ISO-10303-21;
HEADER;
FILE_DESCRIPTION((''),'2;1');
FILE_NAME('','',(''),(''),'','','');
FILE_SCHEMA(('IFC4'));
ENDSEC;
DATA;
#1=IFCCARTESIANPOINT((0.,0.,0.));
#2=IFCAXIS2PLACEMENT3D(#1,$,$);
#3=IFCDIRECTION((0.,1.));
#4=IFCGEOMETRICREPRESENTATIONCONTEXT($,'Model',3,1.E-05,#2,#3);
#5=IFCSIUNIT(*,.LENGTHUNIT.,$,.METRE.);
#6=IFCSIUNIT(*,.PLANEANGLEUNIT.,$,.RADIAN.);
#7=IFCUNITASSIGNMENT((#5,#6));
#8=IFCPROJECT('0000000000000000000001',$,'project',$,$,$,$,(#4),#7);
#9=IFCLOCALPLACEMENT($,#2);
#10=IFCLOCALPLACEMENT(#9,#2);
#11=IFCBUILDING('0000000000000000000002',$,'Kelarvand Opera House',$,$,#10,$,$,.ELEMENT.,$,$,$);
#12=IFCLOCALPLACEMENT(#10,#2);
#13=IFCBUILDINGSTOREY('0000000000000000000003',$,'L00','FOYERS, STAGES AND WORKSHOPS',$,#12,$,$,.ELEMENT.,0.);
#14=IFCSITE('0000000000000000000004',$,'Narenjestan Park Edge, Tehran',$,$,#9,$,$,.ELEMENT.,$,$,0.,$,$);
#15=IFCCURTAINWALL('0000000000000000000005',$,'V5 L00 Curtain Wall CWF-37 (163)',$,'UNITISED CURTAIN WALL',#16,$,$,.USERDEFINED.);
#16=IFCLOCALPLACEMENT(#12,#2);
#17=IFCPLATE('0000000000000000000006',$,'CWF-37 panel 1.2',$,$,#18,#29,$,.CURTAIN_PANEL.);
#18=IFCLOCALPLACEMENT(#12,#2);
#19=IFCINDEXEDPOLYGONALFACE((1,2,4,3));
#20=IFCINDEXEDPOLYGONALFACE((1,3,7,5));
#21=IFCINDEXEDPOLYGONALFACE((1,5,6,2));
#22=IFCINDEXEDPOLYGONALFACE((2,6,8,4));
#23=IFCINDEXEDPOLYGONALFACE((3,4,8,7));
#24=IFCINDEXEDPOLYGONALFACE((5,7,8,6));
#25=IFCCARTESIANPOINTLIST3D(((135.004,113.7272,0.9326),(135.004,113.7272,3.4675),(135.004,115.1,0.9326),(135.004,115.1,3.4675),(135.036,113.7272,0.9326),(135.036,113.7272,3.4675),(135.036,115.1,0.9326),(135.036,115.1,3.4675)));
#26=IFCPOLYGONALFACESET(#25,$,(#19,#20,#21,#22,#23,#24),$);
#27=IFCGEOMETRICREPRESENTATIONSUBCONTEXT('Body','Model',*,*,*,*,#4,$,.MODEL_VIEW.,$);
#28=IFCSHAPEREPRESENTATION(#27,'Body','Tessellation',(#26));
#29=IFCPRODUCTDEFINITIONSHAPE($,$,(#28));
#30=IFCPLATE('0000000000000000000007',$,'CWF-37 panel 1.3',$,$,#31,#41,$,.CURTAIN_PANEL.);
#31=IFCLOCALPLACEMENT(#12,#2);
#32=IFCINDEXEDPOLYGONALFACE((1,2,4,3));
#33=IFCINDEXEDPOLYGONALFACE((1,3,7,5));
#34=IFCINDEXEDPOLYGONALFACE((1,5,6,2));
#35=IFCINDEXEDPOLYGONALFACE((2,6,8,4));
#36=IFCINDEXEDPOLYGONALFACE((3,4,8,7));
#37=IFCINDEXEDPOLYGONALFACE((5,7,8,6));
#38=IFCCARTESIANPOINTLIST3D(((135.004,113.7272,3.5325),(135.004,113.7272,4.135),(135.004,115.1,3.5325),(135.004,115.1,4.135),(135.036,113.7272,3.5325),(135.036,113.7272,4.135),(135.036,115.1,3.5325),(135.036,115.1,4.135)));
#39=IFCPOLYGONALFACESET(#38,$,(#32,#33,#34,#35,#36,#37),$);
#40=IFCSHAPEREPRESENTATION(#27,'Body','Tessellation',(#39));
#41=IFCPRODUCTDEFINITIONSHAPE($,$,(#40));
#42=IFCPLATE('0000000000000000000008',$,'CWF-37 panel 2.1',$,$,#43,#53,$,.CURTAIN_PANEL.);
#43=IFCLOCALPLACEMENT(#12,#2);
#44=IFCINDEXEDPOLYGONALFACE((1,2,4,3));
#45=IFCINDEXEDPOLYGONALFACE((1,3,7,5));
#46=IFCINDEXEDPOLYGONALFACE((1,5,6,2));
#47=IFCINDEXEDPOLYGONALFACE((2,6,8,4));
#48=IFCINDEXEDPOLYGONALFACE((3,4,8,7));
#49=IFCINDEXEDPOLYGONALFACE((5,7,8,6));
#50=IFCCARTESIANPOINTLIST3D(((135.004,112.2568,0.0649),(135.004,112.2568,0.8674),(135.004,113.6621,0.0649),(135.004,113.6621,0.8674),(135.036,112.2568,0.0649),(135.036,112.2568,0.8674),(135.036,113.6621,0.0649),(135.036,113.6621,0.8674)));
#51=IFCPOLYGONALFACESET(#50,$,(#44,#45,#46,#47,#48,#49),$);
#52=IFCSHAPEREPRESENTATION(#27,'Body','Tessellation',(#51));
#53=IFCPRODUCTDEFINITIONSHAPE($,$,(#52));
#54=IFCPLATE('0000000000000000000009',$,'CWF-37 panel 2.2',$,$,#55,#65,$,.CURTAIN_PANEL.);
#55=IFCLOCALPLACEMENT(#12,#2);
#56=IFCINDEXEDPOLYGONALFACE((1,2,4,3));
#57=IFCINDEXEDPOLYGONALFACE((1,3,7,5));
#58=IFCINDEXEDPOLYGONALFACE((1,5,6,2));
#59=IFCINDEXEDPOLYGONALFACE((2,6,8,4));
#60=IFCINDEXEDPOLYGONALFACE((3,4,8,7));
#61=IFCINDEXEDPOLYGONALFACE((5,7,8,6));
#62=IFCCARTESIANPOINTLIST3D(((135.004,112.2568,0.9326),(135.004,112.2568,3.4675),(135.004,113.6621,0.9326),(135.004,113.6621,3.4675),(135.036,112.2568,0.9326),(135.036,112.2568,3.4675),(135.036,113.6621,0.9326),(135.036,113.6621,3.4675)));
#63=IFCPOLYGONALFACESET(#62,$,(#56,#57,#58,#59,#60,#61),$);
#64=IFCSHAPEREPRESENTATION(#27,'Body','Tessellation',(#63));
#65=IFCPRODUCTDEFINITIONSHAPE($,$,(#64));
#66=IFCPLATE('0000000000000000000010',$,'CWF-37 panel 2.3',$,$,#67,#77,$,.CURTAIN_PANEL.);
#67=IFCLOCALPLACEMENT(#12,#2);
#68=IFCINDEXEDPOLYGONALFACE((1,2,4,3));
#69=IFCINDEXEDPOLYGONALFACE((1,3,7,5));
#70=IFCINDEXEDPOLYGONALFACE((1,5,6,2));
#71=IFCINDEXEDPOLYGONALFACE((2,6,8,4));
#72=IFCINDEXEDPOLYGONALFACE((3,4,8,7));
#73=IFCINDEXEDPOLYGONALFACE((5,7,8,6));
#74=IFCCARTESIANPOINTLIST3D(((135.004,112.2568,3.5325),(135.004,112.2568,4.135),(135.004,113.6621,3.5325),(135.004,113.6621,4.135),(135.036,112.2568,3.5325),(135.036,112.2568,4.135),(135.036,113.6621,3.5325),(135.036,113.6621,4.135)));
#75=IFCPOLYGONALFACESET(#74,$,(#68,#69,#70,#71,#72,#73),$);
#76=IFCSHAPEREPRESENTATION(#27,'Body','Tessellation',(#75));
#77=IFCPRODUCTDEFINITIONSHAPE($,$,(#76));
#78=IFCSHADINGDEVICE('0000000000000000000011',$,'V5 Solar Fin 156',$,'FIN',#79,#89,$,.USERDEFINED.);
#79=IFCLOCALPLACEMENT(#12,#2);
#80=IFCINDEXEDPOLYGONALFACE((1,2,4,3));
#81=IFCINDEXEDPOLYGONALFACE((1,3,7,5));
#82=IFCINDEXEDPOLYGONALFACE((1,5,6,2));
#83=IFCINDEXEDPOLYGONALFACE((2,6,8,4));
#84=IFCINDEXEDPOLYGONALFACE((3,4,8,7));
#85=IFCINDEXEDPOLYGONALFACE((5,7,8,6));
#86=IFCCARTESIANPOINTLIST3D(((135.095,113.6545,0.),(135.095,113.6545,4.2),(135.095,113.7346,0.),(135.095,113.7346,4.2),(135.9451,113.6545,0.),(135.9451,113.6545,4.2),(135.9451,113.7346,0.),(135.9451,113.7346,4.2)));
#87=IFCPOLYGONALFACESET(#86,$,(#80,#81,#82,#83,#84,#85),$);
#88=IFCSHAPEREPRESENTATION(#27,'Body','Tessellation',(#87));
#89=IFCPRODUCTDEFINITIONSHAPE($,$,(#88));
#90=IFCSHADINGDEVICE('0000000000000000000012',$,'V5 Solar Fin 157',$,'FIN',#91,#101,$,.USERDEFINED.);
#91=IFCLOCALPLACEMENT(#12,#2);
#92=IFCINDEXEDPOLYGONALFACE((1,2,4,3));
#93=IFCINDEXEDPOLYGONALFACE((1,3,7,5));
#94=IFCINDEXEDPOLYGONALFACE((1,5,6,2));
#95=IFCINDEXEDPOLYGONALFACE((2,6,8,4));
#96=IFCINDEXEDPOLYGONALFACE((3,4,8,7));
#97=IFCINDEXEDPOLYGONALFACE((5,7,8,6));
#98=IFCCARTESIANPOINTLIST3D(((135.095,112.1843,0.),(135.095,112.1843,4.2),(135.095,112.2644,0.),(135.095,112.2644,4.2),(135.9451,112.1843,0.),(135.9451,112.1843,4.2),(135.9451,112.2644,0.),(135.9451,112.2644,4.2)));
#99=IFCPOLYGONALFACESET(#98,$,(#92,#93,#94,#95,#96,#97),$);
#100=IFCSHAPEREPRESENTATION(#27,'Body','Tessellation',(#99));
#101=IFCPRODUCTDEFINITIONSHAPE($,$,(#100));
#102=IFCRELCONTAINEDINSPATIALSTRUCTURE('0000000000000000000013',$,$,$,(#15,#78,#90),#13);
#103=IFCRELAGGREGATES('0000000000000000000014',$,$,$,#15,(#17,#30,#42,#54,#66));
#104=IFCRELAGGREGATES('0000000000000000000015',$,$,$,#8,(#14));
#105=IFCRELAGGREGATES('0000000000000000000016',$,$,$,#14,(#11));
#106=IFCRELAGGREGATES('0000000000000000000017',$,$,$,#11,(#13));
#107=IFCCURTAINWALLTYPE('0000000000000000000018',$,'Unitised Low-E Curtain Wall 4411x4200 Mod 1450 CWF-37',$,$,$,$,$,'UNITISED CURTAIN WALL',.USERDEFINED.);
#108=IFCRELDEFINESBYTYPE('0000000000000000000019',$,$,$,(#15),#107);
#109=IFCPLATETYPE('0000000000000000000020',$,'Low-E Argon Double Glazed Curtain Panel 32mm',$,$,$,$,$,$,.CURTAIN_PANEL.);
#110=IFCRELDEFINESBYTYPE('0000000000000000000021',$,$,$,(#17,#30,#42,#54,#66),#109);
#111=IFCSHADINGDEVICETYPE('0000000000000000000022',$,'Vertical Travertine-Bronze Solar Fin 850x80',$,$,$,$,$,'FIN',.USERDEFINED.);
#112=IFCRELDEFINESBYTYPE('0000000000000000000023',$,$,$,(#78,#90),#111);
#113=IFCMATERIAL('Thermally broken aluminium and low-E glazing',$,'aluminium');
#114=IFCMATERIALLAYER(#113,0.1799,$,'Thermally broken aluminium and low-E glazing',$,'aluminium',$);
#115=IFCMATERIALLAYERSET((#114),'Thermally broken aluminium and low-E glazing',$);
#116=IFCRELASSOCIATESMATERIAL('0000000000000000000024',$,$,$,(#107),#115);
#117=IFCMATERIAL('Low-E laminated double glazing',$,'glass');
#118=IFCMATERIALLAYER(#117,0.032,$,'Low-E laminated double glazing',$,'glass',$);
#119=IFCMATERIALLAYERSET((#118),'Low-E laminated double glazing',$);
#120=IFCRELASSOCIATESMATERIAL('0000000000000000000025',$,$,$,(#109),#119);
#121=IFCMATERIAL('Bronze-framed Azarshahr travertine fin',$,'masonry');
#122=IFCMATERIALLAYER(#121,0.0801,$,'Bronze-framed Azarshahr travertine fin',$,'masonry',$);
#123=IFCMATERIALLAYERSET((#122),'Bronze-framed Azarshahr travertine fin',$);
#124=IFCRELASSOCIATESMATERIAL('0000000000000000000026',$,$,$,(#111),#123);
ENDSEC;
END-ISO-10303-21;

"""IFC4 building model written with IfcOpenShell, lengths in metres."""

from ifc_helpers import new_model, si_unit, direction, frame, origin, origin_2d, place, context, subcontext, project, spatial, rectangle, extrude, material, layer, layer_set, type_object, element, aggregate, save


model = new_model("IFC4")

# Units and contexts
model_context = context("Model", 3, precision=1e-05, world=origin(), true_north=direction((0.0, 1.0)))
body_context = subcontext(model_context, "Body", "Model", "MODEL_VIEW")
ifc_project = project(units=[si_unit("LENGTHUNIT", "METRE"), si_unit("PLANEANGLEUNIT", "RADIAN")], contexts=[model_context])

# Site, building, storey
site_placement = place(None, origin())
site = spatial("IfcSite", under=ifc_project, at=site_placement, Name="Narenjestan Park Edge, Tehran", CompositionType="ELEMENT", RefElevation=0.0)
building_placement = place(site_placement, origin())
building = spatial("IfcBuilding", under=site, at=building_placement, Name="Kelarvand Opera House", CompositionType="ELEMENT")
storey_placement = place(building_placement, origin())
storey = spatial("IfcBuildingStorey", under=building, at=storey_placement, Name="L00", Description="FOYERS, STAGES AND WORKSHOPS", CompositionType="ELEMENT", Elevation=0.0)

# Curtain wall, plates
ifc_material_1 = material(Name="Thermally broken aluminium and low-E glazing", Category="aluminium")
ifc_layer_1 = layer(ifc_material_1, 0.1799, Name="Thermally broken aluminium and low-E glazing", Category="aluminium")
ifc_layer_set_1 = layer_set([ifc_layer_1], Name="Thermally broken aluminium and low-E glazing")
curtain_wall_type = type_object("IfcCurtainWallType", Name="Unitised Low-E Curtain Wall 4411x4200 Mod 1450 CWF-37", ElementType="UNITISED CURTAIN WALL", PredefinedType="USERDEFINED", material=ifc_layer_set_1)
curtain_wall_placement = place(storey_placement, origin())
curtain_wall = element("IfcCurtainWall", 1, at=curtain_wall_placement, inside=storey, type_object=curtain_wall_type, Name="V5 L00 Curtain Wall CWF-37 (163)", ObjectType="UNITISED CURTAIN WALL", PredefinedType="USERDEFINED")
ifc_material_2 = material(Name="Low-E laminated double glazing", Category="glass")
ifc_layer_2 = layer(ifc_material_2, 0.032, Name="Low-E laminated double glazing", Category="glass")
ifc_layer_set_2 = layer_set([ifc_layer_2], Name="Low-E laminated double glazing")
plate_type = type_object("IfcPlateType", Name="Low-E Argon Double Glazed Curtain Panel 32mm", PredefinedType="CURTAIN_PANEL", material=ifc_layer_set_2)
plate_1_placement = place(storey_placement, frame((135.02, 114.4136, 0.9326), z_axis=(0.0, 0.0, 1.0), x_axis=(0.0, -1.0, 0.0)))
plate_1 = element("IfcPlate", 2, at=plate_1_placement, type_object=plate_type, Name="CWF-37 panel 1.2", PredefinedType="CURTAIN_PANEL", context=body_context, shape_type="SweptSolid", body=[
    extrude(rectangle(XDim=1.3728, YDim=0.032, at=origin_2d()), origin(), (0.0, 0.0, 1.0), 2.5349),
])
plate_2_placement = place(storey_placement, frame((135.02, 114.4136, 3.5325), z_axis=(0.0, 0.0, 1.0), x_axis=(0.0, -1.0, 0.0)))
plate_2 = element("IfcPlate", 3, at=plate_2_placement, type_object=plate_type, Name="CWF-37 panel 1.3", PredefinedType="CURTAIN_PANEL", context=body_context, shape_type="SweptSolid", body=[
    extrude(rectangle(XDim=1.3728, YDim=0.032, at=origin_2d()), origin(), (0.0, 0.0, 1.0), 0.6025),
])
plate_3_placement = place(storey_placement, frame((135.02, 112.9595, 0.0649), z_axis=(0.0, 0.0, 1.0), x_axis=(0.0, -1.0, 0.0)))
plate_3 = element("IfcPlate", 4, at=plate_3_placement, type_object=plate_type, Name="CWF-37 panel 2.1", PredefinedType="CURTAIN_PANEL", context=body_context, shape_type="SweptSolid", body=[
    extrude(rectangle(XDim=1.4053, YDim=0.032, at=origin_2d()), origin(), (0.0, 0.0, 1.0), 0.8025),
])
plate_4_placement = place(storey_placement, frame((135.02, 112.9595, 0.9326), z_axis=(0.0, 0.0, 1.0), x_axis=(0.0, -1.0, 0.0)))
plate_4 = element("IfcPlate", 5, at=plate_4_placement, type_object=plate_type, Name="CWF-37 panel 2.2", PredefinedType="CURTAIN_PANEL", context=body_context, shape_type="SweptSolid", body=[
    extrude(rectangle(XDim=1.4053, YDim=0.032, at=origin_2d()), origin(), (0.0, 0.0, 1.0), 2.5349),
])
plate_5_placement = place(storey_placement, frame((135.02, 112.9595, 3.5325), z_axis=(0.0, 0.0, 1.0), x_axis=(0.0, -1.0, 0.0)))
plate_5 = element("IfcPlate", 6, at=plate_5_placement, type_object=plate_type, Name="CWF-37 panel 2.3", PredefinedType="CURTAIN_PANEL", context=body_context, shape_type="SweptSolid", body=[
    extrude(rectangle(XDim=1.4053, YDim=0.032, at=origin_2d()), origin(), (0.0, 0.0, 1.0), 0.6025),
])
aggregate(curtain_wall, [plate_1, plate_2, plate_3, plate_4, plate_5])

# Shading devices
ifc_material_3 = material(Name="Bronze-framed Azarshahr travertine fin", Category="masonry")
ifc_layer_3 = layer(ifc_material_3, 0.0801, Name="Bronze-framed Azarshahr travertine fin", Category="masonry")
ifc_layer_set_3 = layer_set([ifc_layer_3], Name="Bronze-framed Azarshahr travertine fin")
shading_device_type = type_object("IfcShadingDeviceType", Name="Vertical Travertine-Bronze Solar Fin 850x80", ElementType="FIN", PredefinedType="USERDEFINED", material=ifc_layer_set_3)
for number, where, z_axis, x_axis, name in (
    (7, (135.52, 113.6946, 0.0), (0.0, 0.0, 1.0), (1.0, 0.0, 0.0), "V5 Solar Fin 156"),
    (8, (135.52, 112.2244, 0.0), (0.0, 0.0, 1.0), (1.0, 0.0, 0.0), "V5 Solar Fin 157"),
):
    element("IfcShadingDevice", number, at=place(storey_placement, frame(where, z_axis=z_axis, x_axis=x_axis)), inside=storey, type_object=shading_device_type, Name=name, ObjectType="FIN", PredefinedType="USERDEFINED", context=body_context, shape_type="SweptSolid", body=[
        extrude(rectangle(XDim=0.8501, YDim=0.0801, at=origin_2d()), origin(), (0.0, 0.0, 1.0), 4.2),
    ])

save(model, "model.ifc")
